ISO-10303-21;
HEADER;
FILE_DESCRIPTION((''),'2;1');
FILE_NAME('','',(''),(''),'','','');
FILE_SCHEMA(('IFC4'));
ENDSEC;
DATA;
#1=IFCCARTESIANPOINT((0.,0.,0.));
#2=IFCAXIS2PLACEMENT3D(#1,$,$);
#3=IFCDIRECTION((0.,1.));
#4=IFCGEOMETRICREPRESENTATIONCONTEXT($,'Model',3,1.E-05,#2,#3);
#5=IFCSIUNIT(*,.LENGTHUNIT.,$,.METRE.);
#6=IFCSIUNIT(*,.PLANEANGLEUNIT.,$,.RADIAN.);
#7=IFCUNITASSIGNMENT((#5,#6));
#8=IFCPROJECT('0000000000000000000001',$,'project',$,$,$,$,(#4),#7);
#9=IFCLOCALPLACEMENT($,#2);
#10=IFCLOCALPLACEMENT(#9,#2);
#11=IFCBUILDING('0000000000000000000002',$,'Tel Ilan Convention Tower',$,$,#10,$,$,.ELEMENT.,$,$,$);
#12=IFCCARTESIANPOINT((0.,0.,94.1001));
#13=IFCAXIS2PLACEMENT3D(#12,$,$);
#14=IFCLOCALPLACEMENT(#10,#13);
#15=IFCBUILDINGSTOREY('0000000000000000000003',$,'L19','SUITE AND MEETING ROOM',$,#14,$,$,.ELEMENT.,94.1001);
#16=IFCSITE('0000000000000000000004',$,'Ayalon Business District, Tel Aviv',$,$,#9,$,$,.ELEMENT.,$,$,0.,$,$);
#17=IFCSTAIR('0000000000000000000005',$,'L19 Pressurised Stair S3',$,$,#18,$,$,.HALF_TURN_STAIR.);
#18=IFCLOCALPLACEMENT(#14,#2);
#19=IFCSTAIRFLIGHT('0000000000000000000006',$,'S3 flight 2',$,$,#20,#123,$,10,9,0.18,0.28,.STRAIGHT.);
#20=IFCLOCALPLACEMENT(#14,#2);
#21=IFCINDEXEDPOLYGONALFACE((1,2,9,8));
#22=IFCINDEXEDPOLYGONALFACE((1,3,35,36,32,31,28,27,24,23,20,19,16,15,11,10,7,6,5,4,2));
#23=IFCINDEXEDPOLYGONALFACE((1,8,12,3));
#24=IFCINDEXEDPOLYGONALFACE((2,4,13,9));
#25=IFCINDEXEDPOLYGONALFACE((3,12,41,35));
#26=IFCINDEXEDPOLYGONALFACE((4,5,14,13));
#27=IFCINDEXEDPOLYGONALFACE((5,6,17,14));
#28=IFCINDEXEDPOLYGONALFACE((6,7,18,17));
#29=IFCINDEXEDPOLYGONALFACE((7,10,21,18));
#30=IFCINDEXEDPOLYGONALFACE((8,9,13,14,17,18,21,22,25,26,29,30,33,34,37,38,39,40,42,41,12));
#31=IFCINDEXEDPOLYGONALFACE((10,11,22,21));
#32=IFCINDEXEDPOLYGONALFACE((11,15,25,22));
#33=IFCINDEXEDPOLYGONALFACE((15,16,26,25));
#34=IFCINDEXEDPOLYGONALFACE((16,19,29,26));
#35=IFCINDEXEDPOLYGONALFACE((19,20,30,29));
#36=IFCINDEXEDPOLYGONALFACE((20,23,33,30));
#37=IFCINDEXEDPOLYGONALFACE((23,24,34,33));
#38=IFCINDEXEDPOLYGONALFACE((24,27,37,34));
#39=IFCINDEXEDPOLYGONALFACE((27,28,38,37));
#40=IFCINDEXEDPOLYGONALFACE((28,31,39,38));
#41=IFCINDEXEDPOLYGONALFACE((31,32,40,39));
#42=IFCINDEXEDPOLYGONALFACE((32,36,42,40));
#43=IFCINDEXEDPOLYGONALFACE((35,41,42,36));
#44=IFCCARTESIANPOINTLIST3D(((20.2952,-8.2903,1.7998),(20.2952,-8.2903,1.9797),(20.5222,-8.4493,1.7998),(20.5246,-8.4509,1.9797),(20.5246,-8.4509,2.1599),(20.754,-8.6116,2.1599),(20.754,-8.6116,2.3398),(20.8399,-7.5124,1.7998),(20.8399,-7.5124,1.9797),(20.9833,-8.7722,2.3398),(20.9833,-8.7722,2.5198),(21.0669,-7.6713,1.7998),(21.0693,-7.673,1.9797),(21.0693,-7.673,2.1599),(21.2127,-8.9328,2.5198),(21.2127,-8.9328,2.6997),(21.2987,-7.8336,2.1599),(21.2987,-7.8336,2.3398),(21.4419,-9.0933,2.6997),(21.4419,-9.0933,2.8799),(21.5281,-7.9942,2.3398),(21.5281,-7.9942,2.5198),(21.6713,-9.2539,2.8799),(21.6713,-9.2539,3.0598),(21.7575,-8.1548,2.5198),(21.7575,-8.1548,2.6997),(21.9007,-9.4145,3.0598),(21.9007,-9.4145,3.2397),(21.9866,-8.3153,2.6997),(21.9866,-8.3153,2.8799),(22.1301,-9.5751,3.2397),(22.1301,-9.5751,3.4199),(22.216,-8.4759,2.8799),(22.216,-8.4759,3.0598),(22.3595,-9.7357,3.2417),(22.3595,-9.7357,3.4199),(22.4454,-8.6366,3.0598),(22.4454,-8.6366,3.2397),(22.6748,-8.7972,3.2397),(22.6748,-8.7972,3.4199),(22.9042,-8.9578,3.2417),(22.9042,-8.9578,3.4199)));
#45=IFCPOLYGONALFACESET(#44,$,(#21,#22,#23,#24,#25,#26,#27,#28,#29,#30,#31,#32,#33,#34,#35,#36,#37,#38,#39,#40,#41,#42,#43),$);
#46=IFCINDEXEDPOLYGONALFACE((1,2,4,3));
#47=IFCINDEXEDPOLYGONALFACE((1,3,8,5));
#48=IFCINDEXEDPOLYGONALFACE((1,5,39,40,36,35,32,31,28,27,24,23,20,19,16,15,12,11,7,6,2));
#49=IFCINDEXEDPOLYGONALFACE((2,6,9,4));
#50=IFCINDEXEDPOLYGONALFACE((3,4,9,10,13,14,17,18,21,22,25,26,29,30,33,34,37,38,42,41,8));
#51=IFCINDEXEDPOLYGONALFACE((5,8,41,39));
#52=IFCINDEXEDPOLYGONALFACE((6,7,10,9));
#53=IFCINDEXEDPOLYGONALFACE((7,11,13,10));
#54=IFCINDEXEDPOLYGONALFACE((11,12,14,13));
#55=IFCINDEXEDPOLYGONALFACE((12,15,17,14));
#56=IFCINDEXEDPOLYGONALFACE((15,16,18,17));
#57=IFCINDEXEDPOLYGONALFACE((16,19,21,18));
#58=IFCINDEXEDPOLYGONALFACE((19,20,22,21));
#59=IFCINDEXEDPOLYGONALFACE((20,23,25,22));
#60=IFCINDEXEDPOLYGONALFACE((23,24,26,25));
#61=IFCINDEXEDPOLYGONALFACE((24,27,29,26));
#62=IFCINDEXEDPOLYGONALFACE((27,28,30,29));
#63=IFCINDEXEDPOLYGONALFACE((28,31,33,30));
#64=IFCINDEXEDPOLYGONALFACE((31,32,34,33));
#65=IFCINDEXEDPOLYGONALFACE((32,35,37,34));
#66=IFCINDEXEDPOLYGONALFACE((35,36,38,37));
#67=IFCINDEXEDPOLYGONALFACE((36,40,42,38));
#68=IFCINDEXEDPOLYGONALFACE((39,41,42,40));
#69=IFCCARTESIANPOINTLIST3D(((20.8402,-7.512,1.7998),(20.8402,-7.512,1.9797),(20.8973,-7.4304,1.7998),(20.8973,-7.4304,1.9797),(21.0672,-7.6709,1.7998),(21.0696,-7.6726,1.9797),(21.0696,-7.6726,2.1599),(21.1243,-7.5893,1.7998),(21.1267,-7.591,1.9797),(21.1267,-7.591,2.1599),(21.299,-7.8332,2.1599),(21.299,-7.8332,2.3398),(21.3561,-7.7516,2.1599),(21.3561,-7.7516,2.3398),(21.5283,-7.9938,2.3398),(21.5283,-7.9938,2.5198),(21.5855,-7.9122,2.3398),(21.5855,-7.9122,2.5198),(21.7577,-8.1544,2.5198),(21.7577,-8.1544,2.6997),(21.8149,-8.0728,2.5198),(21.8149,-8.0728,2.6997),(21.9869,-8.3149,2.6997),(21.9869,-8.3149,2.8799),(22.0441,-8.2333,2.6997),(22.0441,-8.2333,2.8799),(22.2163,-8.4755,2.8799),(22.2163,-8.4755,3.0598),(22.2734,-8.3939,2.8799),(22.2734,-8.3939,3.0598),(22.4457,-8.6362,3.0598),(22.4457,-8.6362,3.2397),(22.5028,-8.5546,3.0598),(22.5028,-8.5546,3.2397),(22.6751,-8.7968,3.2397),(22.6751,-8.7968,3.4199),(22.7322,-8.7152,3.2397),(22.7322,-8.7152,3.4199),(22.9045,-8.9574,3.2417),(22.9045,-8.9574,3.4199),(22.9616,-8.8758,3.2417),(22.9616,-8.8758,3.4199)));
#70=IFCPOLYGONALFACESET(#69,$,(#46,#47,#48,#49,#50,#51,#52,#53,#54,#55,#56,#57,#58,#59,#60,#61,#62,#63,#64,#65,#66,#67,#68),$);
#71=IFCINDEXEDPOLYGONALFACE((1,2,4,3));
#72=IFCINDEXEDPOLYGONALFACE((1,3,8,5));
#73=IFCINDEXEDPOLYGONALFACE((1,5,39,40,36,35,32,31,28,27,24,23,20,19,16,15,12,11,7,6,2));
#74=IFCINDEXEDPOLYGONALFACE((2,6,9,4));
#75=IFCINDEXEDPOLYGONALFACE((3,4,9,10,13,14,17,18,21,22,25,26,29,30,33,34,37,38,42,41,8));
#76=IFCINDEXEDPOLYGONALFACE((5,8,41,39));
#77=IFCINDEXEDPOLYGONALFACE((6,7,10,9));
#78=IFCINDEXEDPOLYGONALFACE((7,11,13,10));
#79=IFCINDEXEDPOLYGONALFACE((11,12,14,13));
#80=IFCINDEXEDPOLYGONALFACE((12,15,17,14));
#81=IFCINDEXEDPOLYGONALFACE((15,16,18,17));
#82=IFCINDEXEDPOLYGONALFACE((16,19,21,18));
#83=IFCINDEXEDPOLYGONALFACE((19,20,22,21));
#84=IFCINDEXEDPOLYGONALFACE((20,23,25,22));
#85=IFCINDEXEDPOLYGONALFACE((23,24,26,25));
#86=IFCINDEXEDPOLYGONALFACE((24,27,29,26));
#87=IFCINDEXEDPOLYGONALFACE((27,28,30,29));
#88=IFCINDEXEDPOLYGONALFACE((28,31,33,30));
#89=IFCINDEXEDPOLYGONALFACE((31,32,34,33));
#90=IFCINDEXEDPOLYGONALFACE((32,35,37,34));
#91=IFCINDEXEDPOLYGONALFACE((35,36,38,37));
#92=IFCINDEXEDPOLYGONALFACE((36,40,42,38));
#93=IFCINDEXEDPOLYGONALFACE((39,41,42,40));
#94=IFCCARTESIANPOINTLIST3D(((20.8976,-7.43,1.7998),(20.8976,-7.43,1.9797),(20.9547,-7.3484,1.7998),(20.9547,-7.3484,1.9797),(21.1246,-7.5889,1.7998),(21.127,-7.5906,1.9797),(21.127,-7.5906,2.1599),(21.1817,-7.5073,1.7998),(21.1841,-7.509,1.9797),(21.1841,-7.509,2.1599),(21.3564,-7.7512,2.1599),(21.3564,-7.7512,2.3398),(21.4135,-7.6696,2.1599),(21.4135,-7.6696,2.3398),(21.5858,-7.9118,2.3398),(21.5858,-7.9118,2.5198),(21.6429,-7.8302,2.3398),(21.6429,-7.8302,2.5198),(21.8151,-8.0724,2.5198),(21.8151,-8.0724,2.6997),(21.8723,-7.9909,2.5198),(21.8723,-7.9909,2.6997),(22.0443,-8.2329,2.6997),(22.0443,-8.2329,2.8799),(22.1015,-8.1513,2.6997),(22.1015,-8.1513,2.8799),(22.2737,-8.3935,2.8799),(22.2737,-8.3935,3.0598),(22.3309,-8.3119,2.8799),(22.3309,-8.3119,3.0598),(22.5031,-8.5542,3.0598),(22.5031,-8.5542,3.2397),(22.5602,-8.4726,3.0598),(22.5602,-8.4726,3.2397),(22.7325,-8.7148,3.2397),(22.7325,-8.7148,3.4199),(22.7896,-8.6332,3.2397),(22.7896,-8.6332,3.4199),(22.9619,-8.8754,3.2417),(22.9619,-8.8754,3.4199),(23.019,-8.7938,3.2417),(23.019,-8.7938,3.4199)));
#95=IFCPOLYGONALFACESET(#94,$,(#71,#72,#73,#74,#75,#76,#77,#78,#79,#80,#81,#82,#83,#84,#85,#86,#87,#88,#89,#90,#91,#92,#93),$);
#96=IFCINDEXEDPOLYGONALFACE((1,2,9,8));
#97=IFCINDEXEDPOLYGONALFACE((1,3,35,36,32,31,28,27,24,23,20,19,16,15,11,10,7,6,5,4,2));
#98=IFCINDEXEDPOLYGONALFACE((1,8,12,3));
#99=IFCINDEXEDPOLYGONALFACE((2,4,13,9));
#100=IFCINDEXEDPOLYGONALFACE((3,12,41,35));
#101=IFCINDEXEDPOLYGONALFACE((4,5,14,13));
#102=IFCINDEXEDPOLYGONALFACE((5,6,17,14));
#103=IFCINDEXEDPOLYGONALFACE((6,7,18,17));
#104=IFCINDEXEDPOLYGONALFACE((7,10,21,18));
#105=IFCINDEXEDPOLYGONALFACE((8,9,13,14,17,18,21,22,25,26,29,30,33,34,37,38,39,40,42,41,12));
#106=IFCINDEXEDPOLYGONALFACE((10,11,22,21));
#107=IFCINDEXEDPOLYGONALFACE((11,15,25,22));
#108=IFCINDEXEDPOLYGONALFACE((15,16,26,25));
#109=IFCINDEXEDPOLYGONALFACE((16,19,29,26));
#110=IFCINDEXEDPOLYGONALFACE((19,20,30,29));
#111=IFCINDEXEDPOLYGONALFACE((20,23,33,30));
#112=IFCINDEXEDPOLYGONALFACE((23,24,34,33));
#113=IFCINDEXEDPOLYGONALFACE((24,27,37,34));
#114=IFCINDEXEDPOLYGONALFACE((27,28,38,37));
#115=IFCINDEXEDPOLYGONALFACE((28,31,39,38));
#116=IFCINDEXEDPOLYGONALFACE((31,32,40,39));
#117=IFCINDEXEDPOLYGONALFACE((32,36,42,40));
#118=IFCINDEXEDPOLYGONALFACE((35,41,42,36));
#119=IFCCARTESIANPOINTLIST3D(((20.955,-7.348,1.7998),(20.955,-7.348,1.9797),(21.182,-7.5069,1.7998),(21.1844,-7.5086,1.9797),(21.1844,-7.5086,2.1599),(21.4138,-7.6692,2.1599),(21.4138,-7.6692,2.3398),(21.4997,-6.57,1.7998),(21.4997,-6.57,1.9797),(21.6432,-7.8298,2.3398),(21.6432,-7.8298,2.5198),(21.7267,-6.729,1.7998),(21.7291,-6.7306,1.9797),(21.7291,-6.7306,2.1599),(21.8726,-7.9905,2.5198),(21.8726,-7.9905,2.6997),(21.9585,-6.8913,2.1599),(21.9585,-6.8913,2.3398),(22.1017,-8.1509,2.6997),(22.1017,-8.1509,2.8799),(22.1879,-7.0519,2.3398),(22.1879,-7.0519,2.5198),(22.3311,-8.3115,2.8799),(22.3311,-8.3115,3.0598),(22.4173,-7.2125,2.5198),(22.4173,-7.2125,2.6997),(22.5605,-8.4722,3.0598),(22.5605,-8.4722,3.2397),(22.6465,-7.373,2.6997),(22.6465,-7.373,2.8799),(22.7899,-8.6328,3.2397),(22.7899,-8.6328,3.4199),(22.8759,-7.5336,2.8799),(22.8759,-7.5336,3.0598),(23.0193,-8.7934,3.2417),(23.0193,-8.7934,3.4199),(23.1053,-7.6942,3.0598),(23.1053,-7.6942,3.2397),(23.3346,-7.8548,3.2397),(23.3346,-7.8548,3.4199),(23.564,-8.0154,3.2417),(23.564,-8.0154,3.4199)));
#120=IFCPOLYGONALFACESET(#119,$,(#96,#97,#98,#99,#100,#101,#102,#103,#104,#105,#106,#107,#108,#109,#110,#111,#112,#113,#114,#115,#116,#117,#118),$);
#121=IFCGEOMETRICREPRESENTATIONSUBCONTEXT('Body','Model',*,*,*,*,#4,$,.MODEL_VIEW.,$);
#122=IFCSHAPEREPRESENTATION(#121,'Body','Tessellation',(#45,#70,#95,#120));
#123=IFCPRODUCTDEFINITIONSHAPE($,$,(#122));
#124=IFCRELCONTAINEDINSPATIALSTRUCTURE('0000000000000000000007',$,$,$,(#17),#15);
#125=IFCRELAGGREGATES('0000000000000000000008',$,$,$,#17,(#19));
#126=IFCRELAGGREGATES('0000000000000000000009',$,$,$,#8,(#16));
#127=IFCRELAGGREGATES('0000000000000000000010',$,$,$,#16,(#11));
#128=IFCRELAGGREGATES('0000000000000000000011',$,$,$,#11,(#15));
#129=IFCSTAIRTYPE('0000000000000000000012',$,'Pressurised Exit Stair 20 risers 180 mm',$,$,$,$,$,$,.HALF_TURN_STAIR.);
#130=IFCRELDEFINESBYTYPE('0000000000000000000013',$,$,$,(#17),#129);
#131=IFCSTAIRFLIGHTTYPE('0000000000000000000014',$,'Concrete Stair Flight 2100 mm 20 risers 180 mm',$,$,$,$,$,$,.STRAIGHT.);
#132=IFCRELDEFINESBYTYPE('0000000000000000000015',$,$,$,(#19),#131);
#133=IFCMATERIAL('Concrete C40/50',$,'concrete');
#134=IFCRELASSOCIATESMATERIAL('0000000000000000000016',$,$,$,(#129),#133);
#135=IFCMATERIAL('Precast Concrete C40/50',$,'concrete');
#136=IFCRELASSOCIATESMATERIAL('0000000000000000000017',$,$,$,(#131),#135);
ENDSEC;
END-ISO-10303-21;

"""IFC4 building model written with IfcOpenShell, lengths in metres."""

from ifc_helpers import new_model, si_unit, direction, frame, origin, place, context, subcontext, project, spatial, polyline, outline, extrude, material, type_object, element, aggregate, save


model = new_model("IFC4")

# Units and contexts
model_context = context("Model", 3, precision=1e-05, world=origin(), true_north=direction((0.0, 1.0)))
body_context = subcontext(model_context, "Body", "Model", "MODEL_VIEW")
ifc_project = project(units=[si_unit("LENGTHUNIT", "METRE"), si_unit("PLANEANGLEUNIT", "RADIAN")], contexts=[model_context])

# Site, building, storey
site_placement = place(None, origin())
site = spatial("IfcSite", under=ifc_project, at=site_placement, Name="Ayalon Business District, Tel Aviv", CompositionType="ELEMENT", RefElevation=0.0)
building_placement = place(site_placement, origin())
building = spatial("IfcBuilding", under=site, at=building_placement, Name="Tel Ilan Convention Tower", CompositionType="ELEMENT")
storey_placement = place(building_placement, frame((0.0, 0.0, 94.1001)))
storey = spatial("IfcBuildingStorey", under=building, at=storey_placement, Name="L19", Description="SUITE AND MEETING ROOM", CompositionType="ELEMENT", Elevation=94.1001)

# Stair, stair flight
ifc_material_1 = material(Name="Concrete C40/50", Category="concrete")
stair_type = type_object("IfcStairType", Name="Pressurised Exit Stair 20 risers 180 mm", PredefinedType="HALF_TURN_STAIR", material=ifc_material_1)
stair_1_placement = place(storey_placement, origin())
stair_1 = element("IfcStair", 1, at=stair_1_placement, inside=storey, type_object=stair_type, Name="L19 Pressurised Stair S3", PredefinedType="HALF_TURN_STAIR")
ifc_material_2 = material(Name="Precast Concrete C40/50", Category="concrete")
stair_flight_type = type_object("IfcStairFlightType", Name="Concrete Stair Flight 2100 mm 20 risers 180 mm", PredefinedType="STRAIGHT", material=ifc_material_2)
stair_flight_1_placement = place(storey_placement, frame((20.8975, -7.4302, 1.7998), z_axis=(0.0, 0.0, 1.0), x_axis=(0.819152, -0.573576, 0.0)))
stair_flight_1 = element("IfcStairFlight", 2, at=stair_flight_1_placement, type_object=stair_flight_type, Name="S3 flight 2", NumberOfRisers=10, NumberOfTreads=9, PredefinedType="STRAIGHT", RiserHeight=0.18, TreadLength=0.28, context=body_context, shape_type="SweptSolid", body=[
    extrude(outline(polyline([(0.0, 0.0), (0.0, 0.1799), (0.28, 0.1799), (0.28, 0.3601), (0.5601, 0.3601), (0.5601, 0.54), (0.8401, 0.54), (0.8401, 0.72), (1.1201, 0.72), (1.1201, 0.8999), (1.3999, 0.8999), (1.3999, 1.0801), (1.6799, 1.0801), (1.6799, 1.26), (1.96, 1.26), (1.96, 1.4399), (2.24, 1.4399), (2.24, 1.6201), (2.52, 1.6201), (2.52, 1.8), (2.52, 1.4419), (0.2771, 0.0), (0.0, 0.0)])), frame((0.0, -0.1003, 0.0), z_axis=(0.0, -1.0, 0.0), x_axis=(1.0, 0.0, 0.0)), (0.0, 0.0, 1.0), 0.9497),
    extrude(outline(polyline([(0.0, 0.0), (0.0, 0.1799), (0.28, 0.1799), (0.28, 0.3601), (0.5601, 0.3601), (0.5601, 0.54), (0.8401, 0.54), (0.8401, 0.72), (1.1201, 0.72), (1.1201, 0.8999), (1.3999, 0.8999), (1.3999, 1.0801), (1.6799, 1.0801), (1.6799, 1.26), (1.96, 1.26), (1.96, 1.4399), (2.24, 1.4399), (2.24, 1.6201), (2.52, 1.6201), (2.52, 1.8), (2.52, 1.4419), (0.2771, 0.0), (0.0, 0.0)])), frame((0.0, -0.0002, 0.0), z_axis=(0.0, -1.0, 0.0), x_axis=(1.0, 0.0, 0.0)), (0.0, 0.0, 1.0), 0.0996),
    extrude(outline(polyline([(0.0, 0.0), (0.0, 0.1799), (0.28, 0.1799), (0.28, 0.3601), (0.5601, 0.3601), (0.5601, 0.54), (0.8401, 0.54), (0.8401, 0.72), (1.1201, 0.72), (1.1201, 0.8999), (1.3999, 0.8999), (1.3999, 1.0801), (1.6799, 1.0801), (1.6799, 1.26), (1.96, 1.26), (1.96, 1.4399), (2.24, 1.4399), (2.24, 1.6201), (2.52, 1.6201), (2.52, 1.8), (2.52, 1.4419), (0.2771, 0.0), (0.0, 0.0)])), frame((0.0, 0.0999, 0.0), z_axis=(0.0, -1.0, 0.0), x_axis=(1.0, 0.0, 0.0)), (0.0, 0.0, 1.0), 0.0996),
    extrude(outline(polyline([(0.0, 0.0), (0.0, 0.1799), (0.28, 0.1799), (0.28, 0.3601), (0.5601, 0.3601), (0.5601, 0.54), (0.8401, 0.54), (0.8401, 0.72), (1.1201, 0.72), (1.1201, 0.8999), (1.3999, 0.8999), (1.3999, 1.0801), (1.6799, 1.0801), (1.6799, 1.26), (1.96, 1.26), (1.96, 1.4399), (2.24, 1.4399), (2.24, 1.6201), (2.52, 1.6201), (2.52, 1.8), (2.52, 1.4419), (0.2771, 0.0), (0.0, 0.0)])), frame((0.0, 1.05, 0.0), z_axis=(0.0, -1.0, 0.0), x_axis=(1.0, 0.0, 0.0)), (0.0, 0.0, 1.0), 0.9497),
])
aggregate(stair_1, [stair_flight_1])

save(model, "model.ifc")
